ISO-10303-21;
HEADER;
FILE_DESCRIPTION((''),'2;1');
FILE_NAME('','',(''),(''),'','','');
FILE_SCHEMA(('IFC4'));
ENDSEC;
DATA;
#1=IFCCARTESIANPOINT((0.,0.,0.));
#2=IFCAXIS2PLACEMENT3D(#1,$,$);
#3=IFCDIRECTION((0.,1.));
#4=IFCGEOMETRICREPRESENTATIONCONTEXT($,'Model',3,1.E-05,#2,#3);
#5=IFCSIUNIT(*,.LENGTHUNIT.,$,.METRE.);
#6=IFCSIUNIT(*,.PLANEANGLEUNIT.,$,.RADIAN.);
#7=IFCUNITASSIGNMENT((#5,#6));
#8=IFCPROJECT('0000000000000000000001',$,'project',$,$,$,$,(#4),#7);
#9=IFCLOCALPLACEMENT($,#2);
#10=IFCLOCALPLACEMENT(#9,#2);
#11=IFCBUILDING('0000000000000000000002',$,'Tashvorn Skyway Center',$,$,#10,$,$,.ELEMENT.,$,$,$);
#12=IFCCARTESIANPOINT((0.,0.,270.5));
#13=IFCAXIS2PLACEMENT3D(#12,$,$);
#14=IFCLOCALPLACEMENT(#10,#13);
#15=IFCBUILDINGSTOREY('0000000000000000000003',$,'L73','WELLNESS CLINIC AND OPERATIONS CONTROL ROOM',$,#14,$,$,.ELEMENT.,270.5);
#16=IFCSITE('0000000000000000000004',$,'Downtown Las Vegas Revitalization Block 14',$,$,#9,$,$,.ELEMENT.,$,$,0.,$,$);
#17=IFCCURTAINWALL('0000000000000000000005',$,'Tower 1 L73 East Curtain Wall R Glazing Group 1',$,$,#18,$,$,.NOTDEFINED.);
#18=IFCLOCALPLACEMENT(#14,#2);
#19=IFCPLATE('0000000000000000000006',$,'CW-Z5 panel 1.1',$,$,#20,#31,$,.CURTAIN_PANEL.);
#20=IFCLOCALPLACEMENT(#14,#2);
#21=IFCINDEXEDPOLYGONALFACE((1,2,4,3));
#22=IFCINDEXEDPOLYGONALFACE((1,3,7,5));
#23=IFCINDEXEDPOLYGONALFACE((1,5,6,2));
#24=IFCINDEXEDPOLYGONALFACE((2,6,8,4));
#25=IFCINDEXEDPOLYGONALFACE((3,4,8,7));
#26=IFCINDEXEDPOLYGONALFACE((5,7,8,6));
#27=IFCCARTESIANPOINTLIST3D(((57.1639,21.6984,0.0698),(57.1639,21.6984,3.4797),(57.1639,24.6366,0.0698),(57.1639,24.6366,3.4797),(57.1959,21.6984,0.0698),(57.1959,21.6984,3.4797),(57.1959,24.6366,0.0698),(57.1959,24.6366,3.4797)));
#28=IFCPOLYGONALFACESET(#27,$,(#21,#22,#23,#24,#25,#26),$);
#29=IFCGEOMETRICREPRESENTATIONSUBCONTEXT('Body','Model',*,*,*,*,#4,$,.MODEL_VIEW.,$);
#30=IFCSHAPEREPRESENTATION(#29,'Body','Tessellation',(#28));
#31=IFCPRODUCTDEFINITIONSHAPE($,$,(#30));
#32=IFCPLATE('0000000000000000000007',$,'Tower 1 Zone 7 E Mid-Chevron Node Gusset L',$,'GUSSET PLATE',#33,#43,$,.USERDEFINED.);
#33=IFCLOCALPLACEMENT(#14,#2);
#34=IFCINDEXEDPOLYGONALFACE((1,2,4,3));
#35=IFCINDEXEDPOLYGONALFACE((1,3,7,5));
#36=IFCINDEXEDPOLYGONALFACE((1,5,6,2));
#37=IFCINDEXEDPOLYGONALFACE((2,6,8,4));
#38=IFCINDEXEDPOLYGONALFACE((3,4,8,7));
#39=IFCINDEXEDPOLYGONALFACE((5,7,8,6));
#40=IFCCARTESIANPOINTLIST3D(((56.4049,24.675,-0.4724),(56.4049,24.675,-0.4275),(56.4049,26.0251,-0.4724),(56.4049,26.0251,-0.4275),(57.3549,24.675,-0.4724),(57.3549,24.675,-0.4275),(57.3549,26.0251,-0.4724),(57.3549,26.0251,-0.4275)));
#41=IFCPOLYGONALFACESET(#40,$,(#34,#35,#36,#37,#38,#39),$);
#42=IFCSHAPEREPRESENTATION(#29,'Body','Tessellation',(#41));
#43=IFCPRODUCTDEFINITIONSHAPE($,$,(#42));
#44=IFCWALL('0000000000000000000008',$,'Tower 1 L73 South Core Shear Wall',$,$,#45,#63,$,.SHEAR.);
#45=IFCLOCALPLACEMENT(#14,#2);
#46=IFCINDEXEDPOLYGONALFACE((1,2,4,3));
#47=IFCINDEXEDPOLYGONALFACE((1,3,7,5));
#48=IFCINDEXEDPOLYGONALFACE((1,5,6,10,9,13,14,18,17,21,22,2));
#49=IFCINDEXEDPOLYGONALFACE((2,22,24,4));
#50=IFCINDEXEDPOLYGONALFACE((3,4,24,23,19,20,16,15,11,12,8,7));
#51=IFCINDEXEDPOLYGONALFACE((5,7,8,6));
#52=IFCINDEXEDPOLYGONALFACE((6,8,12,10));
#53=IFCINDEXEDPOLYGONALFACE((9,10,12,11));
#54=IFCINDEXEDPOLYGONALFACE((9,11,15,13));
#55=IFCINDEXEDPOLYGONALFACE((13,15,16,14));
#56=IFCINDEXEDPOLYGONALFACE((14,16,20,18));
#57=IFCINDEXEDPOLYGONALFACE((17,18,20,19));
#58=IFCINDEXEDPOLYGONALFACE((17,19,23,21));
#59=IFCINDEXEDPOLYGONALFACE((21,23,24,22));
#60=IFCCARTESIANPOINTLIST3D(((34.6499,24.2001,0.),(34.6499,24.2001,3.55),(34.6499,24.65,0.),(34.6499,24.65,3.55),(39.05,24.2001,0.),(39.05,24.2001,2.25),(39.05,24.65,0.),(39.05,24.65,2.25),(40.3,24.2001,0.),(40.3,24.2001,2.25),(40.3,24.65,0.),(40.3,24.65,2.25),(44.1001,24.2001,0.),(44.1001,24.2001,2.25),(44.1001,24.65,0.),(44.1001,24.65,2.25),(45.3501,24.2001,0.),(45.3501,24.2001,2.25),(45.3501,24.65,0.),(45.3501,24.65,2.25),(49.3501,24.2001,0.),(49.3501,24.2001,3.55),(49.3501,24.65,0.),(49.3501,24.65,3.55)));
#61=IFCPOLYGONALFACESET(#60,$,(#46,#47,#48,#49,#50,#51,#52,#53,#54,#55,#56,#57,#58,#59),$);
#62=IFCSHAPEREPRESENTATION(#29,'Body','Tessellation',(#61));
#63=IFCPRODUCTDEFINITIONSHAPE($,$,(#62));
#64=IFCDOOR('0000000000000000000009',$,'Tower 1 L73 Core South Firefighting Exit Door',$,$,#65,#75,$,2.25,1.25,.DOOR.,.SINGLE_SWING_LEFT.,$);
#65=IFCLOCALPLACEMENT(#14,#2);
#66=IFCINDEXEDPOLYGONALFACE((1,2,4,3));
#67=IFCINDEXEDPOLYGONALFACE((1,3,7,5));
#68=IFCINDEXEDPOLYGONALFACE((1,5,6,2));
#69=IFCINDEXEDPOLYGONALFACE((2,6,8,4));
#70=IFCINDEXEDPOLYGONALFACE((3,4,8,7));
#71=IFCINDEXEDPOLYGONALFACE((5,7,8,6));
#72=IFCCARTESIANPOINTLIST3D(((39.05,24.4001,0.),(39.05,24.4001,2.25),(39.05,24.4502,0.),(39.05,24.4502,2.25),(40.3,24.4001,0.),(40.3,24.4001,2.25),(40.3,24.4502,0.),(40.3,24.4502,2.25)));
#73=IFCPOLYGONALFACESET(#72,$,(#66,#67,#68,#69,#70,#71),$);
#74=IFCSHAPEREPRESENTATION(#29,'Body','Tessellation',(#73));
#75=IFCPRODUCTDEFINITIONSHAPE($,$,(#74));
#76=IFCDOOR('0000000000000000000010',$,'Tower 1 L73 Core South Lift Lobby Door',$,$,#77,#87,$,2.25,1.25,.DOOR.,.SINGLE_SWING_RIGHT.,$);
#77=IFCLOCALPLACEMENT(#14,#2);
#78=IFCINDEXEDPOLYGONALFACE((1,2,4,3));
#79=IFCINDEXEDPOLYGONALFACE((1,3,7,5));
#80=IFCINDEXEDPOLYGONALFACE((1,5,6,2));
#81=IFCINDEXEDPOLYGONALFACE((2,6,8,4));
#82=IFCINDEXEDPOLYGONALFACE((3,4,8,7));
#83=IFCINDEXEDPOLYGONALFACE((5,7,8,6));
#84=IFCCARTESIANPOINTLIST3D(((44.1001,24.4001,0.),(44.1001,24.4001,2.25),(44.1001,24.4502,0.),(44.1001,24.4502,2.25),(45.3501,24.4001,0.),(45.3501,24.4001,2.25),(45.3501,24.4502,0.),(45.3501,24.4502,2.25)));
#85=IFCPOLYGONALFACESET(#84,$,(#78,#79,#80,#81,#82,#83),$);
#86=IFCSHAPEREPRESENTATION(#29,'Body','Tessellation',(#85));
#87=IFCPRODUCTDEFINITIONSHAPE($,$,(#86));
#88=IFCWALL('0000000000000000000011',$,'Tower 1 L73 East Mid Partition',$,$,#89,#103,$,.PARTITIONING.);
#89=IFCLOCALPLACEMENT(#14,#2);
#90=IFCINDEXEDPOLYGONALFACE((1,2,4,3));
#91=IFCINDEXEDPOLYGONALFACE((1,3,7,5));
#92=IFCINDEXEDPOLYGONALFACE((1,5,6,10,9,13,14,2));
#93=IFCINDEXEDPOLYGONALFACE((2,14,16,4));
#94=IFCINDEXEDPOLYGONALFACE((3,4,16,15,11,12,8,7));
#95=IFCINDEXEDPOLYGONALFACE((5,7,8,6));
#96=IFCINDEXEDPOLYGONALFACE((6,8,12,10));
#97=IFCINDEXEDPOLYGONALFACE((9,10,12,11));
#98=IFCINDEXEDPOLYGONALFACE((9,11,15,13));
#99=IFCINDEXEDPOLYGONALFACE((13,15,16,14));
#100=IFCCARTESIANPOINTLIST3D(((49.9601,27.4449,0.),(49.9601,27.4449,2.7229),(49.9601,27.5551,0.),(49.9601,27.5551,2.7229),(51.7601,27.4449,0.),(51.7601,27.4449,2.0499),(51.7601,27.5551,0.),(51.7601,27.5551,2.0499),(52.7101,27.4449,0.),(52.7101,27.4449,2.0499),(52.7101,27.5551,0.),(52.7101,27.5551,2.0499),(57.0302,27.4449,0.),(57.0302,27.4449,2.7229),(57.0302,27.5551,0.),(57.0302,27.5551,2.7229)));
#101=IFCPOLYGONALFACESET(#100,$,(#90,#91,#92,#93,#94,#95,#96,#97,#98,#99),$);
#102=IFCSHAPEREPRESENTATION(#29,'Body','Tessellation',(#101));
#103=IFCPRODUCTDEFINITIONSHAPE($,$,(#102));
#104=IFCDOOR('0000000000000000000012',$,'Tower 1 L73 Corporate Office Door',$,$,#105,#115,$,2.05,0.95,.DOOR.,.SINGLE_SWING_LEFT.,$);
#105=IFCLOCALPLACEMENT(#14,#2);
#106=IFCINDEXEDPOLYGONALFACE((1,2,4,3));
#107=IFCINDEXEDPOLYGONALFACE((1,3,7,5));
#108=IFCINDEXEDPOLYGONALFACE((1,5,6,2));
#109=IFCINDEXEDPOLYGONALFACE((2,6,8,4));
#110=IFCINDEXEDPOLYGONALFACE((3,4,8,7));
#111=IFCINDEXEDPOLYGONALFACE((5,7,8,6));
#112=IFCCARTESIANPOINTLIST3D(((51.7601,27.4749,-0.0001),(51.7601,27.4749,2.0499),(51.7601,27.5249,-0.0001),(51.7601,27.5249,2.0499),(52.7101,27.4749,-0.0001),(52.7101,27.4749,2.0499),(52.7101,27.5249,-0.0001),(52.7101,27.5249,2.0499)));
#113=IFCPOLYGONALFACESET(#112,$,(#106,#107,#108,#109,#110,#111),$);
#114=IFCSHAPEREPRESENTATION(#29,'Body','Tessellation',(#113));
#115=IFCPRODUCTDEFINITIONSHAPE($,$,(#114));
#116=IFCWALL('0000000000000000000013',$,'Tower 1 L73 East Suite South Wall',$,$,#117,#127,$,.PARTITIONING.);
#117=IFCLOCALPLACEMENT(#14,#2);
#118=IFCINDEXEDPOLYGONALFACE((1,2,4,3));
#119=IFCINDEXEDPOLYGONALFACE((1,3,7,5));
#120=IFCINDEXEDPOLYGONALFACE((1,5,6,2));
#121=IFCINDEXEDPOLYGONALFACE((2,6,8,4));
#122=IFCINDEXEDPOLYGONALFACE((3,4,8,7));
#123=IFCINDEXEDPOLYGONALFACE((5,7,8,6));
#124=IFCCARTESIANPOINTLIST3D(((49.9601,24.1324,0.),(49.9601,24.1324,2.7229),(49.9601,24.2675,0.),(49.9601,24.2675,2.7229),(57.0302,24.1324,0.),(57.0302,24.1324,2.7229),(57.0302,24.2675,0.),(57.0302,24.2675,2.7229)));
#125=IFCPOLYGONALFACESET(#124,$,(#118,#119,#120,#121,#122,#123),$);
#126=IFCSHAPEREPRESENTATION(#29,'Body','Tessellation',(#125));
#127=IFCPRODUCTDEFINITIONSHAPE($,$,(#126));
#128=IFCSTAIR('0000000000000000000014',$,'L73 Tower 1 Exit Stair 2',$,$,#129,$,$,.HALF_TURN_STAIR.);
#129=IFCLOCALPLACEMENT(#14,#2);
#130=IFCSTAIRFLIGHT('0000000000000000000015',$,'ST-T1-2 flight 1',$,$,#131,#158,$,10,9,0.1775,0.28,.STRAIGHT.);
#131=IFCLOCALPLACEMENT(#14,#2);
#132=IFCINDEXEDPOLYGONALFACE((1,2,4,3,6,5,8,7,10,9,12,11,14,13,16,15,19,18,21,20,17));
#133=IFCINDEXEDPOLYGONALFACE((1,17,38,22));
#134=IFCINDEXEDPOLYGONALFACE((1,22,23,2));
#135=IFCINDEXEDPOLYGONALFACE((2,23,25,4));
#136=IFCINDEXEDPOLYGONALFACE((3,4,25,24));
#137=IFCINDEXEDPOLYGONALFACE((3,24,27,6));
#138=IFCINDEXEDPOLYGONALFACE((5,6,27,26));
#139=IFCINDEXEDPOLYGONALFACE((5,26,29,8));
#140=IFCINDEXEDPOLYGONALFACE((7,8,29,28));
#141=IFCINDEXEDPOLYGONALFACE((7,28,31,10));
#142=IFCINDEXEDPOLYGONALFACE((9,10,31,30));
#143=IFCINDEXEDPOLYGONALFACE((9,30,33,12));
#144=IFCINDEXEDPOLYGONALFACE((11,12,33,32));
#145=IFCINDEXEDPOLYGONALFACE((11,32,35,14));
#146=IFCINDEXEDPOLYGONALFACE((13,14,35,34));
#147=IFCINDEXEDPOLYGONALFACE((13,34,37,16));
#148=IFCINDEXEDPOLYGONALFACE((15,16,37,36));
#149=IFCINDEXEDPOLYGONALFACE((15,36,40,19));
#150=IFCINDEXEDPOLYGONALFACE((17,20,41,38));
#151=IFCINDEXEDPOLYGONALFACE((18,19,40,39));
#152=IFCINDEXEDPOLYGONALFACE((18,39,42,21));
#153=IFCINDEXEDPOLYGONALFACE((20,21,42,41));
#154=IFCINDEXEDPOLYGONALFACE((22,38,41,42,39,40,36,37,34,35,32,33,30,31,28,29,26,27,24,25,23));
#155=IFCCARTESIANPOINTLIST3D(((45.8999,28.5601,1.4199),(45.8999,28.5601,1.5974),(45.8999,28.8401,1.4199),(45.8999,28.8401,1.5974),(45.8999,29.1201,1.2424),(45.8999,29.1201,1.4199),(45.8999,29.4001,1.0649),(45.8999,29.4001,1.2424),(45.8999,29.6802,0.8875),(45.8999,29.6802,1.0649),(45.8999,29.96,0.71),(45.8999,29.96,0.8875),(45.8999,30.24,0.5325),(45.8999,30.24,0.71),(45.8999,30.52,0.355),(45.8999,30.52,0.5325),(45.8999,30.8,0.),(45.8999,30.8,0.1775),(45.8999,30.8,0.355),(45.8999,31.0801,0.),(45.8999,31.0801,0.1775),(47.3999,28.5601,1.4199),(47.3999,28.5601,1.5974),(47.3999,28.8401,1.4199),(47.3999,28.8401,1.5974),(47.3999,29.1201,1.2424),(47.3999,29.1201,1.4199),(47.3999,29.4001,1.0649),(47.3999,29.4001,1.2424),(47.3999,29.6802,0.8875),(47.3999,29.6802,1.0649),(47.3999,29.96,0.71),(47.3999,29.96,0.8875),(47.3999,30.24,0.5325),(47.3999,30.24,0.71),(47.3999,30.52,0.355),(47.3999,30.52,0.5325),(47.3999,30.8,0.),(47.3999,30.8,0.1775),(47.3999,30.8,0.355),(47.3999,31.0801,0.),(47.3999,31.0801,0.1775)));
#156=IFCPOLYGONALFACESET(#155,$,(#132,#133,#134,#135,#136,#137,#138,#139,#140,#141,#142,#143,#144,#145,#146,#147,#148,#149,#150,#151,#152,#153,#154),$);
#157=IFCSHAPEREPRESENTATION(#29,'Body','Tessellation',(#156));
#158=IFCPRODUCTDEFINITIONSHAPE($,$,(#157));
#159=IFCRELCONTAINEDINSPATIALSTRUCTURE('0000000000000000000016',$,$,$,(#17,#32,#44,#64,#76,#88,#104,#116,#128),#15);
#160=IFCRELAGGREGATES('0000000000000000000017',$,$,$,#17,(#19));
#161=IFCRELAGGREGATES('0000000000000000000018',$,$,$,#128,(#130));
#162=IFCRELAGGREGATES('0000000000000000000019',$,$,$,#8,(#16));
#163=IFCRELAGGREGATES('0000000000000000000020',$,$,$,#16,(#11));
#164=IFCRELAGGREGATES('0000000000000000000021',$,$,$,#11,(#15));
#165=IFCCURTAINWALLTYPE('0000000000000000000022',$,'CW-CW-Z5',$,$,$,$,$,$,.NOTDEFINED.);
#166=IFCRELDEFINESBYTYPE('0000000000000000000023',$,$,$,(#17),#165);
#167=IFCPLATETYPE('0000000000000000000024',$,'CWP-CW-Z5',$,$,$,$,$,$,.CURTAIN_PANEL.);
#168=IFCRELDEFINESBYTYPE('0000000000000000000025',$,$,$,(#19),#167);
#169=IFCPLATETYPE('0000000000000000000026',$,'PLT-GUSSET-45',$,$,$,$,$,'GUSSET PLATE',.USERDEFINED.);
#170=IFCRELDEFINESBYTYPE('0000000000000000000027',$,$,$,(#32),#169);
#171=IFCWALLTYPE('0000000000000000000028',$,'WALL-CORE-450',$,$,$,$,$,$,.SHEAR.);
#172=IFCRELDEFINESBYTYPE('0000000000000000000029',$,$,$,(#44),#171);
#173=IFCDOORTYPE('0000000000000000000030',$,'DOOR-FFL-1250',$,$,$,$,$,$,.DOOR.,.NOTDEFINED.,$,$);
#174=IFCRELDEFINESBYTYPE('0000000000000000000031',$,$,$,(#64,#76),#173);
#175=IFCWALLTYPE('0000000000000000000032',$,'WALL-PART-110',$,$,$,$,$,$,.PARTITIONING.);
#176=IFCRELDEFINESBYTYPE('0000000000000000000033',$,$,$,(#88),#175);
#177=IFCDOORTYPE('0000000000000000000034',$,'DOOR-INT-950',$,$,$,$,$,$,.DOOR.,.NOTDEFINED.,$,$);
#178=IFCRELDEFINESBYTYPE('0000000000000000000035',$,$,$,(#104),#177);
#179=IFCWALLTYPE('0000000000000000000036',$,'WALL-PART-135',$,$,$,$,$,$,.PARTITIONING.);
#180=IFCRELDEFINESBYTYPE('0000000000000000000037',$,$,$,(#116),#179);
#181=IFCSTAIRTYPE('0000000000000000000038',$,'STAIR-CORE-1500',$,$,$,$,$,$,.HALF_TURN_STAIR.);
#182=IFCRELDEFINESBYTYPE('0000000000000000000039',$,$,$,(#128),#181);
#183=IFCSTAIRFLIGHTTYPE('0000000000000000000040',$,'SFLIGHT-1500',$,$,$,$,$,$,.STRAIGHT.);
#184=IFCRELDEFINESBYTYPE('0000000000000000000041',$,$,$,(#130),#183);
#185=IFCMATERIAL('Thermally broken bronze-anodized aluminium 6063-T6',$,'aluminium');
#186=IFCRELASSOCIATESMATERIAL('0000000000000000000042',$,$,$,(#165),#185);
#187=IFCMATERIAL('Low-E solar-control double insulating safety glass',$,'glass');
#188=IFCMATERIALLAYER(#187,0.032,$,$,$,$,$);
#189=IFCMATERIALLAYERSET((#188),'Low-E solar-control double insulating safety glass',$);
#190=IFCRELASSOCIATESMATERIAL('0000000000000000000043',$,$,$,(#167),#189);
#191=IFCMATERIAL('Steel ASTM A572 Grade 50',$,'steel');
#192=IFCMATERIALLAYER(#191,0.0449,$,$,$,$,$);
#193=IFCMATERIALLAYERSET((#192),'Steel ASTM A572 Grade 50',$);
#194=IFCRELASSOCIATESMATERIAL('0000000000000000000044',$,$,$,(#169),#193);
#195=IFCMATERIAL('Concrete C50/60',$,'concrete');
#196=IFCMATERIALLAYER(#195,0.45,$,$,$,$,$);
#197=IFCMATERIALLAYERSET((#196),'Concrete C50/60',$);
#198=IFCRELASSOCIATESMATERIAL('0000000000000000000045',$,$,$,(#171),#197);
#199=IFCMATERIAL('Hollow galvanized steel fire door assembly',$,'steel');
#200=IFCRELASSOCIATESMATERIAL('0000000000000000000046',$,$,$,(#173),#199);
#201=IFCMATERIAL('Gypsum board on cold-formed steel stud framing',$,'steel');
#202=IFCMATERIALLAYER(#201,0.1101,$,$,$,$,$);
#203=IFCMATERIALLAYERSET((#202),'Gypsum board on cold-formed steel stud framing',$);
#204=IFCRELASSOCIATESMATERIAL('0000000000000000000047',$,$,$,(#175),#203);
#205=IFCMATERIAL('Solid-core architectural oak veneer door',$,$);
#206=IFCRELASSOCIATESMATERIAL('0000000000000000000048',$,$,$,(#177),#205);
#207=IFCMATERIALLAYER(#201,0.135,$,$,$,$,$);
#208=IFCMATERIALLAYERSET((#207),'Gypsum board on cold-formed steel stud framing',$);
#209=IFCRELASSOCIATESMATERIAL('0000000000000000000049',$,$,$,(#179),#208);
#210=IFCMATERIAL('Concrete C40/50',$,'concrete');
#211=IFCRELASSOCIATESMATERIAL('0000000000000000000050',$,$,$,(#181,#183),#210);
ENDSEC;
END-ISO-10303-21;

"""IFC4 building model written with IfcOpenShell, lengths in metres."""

from ifc_helpers import new_model, si_unit, direction, frame, frame_2d, origin, origin_2d, place, context, subcontext, project, spatial, polyline, rectangle, outline, extrude, material, layer, layer_set, type_object, element, fill, aggregate, save


model = new_model("IFC4")

# Units and contexts
model_context = context("Model", 3, precision=1e-05, world=origin(), true_north=direction((0.0, 1.0)))
body_context = subcontext(model_context, "Body", "Model", "MODEL_VIEW")
ifc_project = project(units=[si_unit("LENGTHUNIT", "METRE"), si_unit("PLANEANGLEUNIT", "RADIAN")], contexts=[model_context])

# Site, building, storey
site_placement = place(None, origin())
site = spatial("IfcSite", under=ifc_project, at=site_placement, Name="Downtown Las Vegas Revitalization Block 14", CompositionType="ELEMENT", RefElevation=0.0)
building_placement = place(site_placement, origin())
building = spatial("IfcBuilding", under=site, at=building_placement, Name="Tashvorn Skyway Center", CompositionType="ELEMENT")
storey_placement = place(building_placement, frame((0.0, 0.0, 270.5)))
storey = spatial("IfcBuildingStorey", under=building, at=storey_placement, Name="L73", Description="WELLNESS CLINIC AND OPERATIONS CONTROL ROOM", CompositionType="ELEMENT", Elevation=270.5)

# Shared definitions
ifc_material_1 = material(Name="Steel ASTM A572 Grade 50", Category="steel")

# Curtain wall
ifc_material_2 = material(Name="Thermally broken bronze-anodized aluminium 6063-T6", Category="aluminium")
curtain_wall_type = type_object("IfcCurtainWallType", Name="CW-CW-Z5", PredefinedType="NOTDEFINED", material=ifc_material_2)
curtain_wall_placement = place(storey_placement, origin())
curtain_wall = element("IfcCurtainWall", 1, at=curtain_wall_placement, inside=storey, type_object=curtain_wall_type, Name="Tower 1 L73 East Curtain Wall R Glazing Group 1", PredefinedType="NOTDEFINED")

# Plates
ifc_material_3 = material(Name="Low-E solar-control double insulating safety glass", Category="glass")
ifc_layer_1 = layer(ifc_material_3, 0.032)
ifc_layer_set_1 = layer_set([ifc_layer_1], Name="Low-E solar-control double insulating safety glass")
plate_type_1 = type_object("IfcPlateType", Name="CWP-CW-Z5", PredefinedType="CURTAIN_PANEL", material=ifc_layer_set_1)
plate_1_placement = place(storey_placement, frame((57.1799, 23.1675, 0.0698), z_axis=(0.0, 0.0, 1.0), x_axis=(0.0, -1.0, 0.0)))
plate_1 = element("IfcPlate", 2, at=plate_1_placement, type_object=plate_type_1, Name="CW-Z5 panel 1.1", PredefinedType="CURTAIN_PANEL", context=body_context, shape_type="SweptSolid", body=[
    extrude(rectangle(XDim=2.9382, YDim=0.032, at=origin_2d()), origin(), (0.0, 0.0, 1.0), 3.4099),
])
aggregate(curtain_wall, [plate_1])
ifc_layer_2 = layer(ifc_material_1, 0.0449)
ifc_layer_set_2 = layer_set([ifc_layer_2], Name="Steel ASTM A572 Grade 50")
plate_type_2 = type_object("IfcPlateType", Name="PLT-GUSSET-45", ElementType="GUSSET PLATE", PredefinedType="USERDEFINED", material=ifc_layer_set_2)
plate_2_placement = place(storey_placement, frame((56.8799, 25.3501, -0.4724), z_axis=(0.0, 0.0, 1.0), x_axis=(0.0, 1.0, 0.0)))
element("IfcPlate", 3, at=plate_2_placement, inside=storey, type_object=plate_type_2, Name="Tower 1 Zone 7 E Mid-Chevron Node Gusset L", ObjectType="GUSSET PLATE", PredefinedType="USERDEFINED", context=body_context, shape_type="SweptSolid", body=[
    extrude(rectangle(XDim=1.3501, YDim=0.95, at=origin_2d()), origin(), (0.0, 0.0, 1.0), 0.0449),
])

# Wall, openings, doors
ifc_material_4 = material(Name="Concrete C50/60", Category="concrete")
ifc_layer_3 = layer(ifc_material_4, 0.45)
ifc_layer_set_3 = layer_set([ifc_layer_3], Name="Concrete C50/60")
wall_type_1 = type_object("IfcWallType", Name="WALL-CORE-450", PredefinedType="SHEAR", material=ifc_layer_set_3)
wall_1_placement = place(storey_placement, frame((49.3501, 24.425, 0.0), z_axis=(0.0, 0.0, 1.0), x_axis=(-1.0, 0.0, 0.0)))
wall_1 = element("IfcWall", 4, at=wall_1_placement, inside=storey, type_object=wall_type_1, Name="Tower 1 L73 South Core Shear Wall", PredefinedType="SHEAR", context=body_context, shape_type="SweptSolid", body=[
    extrude(rectangle(XDim=14.7002, YDim=0.45, at=frame_2d((7.3501, 0.0))), origin(), (0.0, 0.0, 1.0), 3.55),
])
opening_1_placement = place(wall_1_placement, frame((9.05, 0.0, 0.0)))
opening_1 = element("IfcOpeningElement", 5, at=opening_1_placement, cuts=wall_1, PredefinedType="OPENING", context=body_context, shape_type="SweptSolid", body=[
    extrude(rectangle(XDim=1.25, YDim=2.25, at=frame_2d((0.625, 1.125))), frame((0.0, 0.2349, 0.0), z_axis=(0.0, -1.0, 0.0), x_axis=(1.0, 0.0, 0.0)), (0.0, 0.0, 1.0), 0.47),
])
opening_2_placement = place(wall_1_placement, frame((4.0, 0.0, 0.0)))
opening_2 = element("IfcOpeningElement", 6, at=opening_2_placement, cuts=wall_1, PredefinedType="OPENING", context=body_context, shape_type="SweptSolid", body=[
    extrude(rectangle(XDim=1.25, YDim=2.25, at=frame_2d((0.625, 1.125))), frame((0.0, 0.2349, 0.0), z_axis=(0.0, -1.0, 0.0), x_axis=(1.0, 0.0, 0.0)), (0.0, 0.0, 1.0), 0.47),
])
ifc_material_5 = material(Name="Hollow galvanized steel fire door assembly", Category="steel")
door_type_1 = type_object("IfcDoorType", Name="DOOR-FFL-1250", OperationType="NOTDEFINED", PredefinedType="DOOR", material=ifc_material_5)
door_1_placement = place(opening_1_placement, origin())
door_1 = element("IfcDoor", 7, at=door_1_placement, inside=storey, type_object=door_type_1, Name="Tower 1 L73 Core South Firefighting Exit Door", OperationType="SINGLE_SWING_LEFT", OverallHeight=2.25, OverallWidth=1.25, PredefinedType="DOOR", context=body_context, shape_type="SweptSolid", body=[
    extrude(rectangle(XDim=1.25, YDim=2.25, at=frame_2d((0.625, 1.125))), frame((0.0, 0.0249, 0.0), z_axis=(0.0, -1.0, 0.0), x_axis=(1.0, 0.0, 0.0)), (0.0, 0.0, 1.0), 0.05),
])
fill(opening_1, door_1)
door_2_placement = place(opening_2_placement, origin())
door_2 = element("IfcDoor", 8, at=door_2_placement, inside=storey, type_object=door_type_1, Name="Tower 1 L73 Core South Lift Lobby Door", OperationType="SINGLE_SWING_RIGHT", OverallHeight=2.25, OverallWidth=1.25, PredefinedType="DOOR", context=body_context, shape_type="SweptSolid", body=[
    extrude(rectangle(XDim=1.25, YDim=2.25, at=frame_2d((0.625, 1.125))), frame((0.0, 0.0249, 0.0), z_axis=(0.0, -1.0, 0.0), x_axis=(1.0, 0.0, 0.0)), (0.0, 0.0, 1.0), 0.05),
])
fill(opening_2, door_2)

# Wall, opening, door
ifc_material_6 = material(Name="Gypsum board on cold-formed steel stud framing", Category="steel")
ifc_layer_4 = layer(ifc_material_6, 0.1101)
ifc_layer_set_4 = layer_set([ifc_layer_4], Name="Gypsum board on cold-formed steel stud framing")
wall_type_2 = type_object("IfcWallType", Name="WALL-PART-110", PredefinedType="PARTITIONING", material=ifc_layer_set_4)
wall_2_placement = place(storey_placement, frame((49.96, 27.5, 0.0), z_axis=(0.0, 0.0, 1.0), x_axis=(1.0, 0.0, 0.0)))
wall_2 = element("IfcWall", 9, at=wall_2_placement, inside=storey, type_object=wall_type_2, Name="Tower 1 L73 East Mid Partition", PredefinedType="PARTITIONING", context=body_context, shape_type="SweptSolid", body=[
    extrude(rectangle(XDim=7.0701, YDim=0.1101, at=frame_2d((3.5352, 0.0))), origin(), (0.0, 0.0, 1.0), 2.7229),
])
opening_3_placement = place(wall_2_placement, frame((1.8, 0.0, 0.0)))
opening_3 = element("IfcOpeningElement", 10, at=opening_3_placement, cuts=wall_2, PredefinedType="OPENING", context=body_context, shape_type="SweptSolid", body=[
    extrude(rectangle(XDim=0.95, YDim=2.05, at=frame_2d((0.4751, 1.0249))), frame((0.0, 0.0649, 0.0), z_axis=(0.0, -1.0, 0.0), x_axis=(1.0, 0.0, 0.0)), (0.0, 0.0, 1.0), 0.1301),
])
ifc_material_7 = material(Name="Solid-core architectural oak veneer door")
door_type_2 = type_object("IfcDoorType", Name="DOOR-INT-950", OperationType="NOTDEFINED", PredefinedType="DOOR", material=ifc_material_7)
door_3_placement = place(opening_3_placement, origin())
door_3 = element("IfcDoor", 11, at=door_3_placement, inside=storey, type_object=door_type_2, Name="Tower 1 L73 Corporate Office Door", OperationType="SINGLE_SWING_LEFT", OverallHeight=2.05, OverallWidth=0.95, PredefinedType="DOOR", context=body_context, shape_type="SweptSolid", body=[
    extrude(rectangle(XDim=0.95, YDim=2.05, at=frame_2d((0.4751, 1.0249))), frame((0.0, 0.0249, 0.0), z_axis=(0.0, -1.0, 0.0), x_axis=(1.0, 0.0, 0.0)), (0.0, 0.0, 1.0), 0.05),
])
fill(opening_3, door_3)

# Wall
ifc_layer_5 = layer(ifc_material_6, 0.135)
ifc_layer_set_5 = layer_set([ifc_layer_5], Name="Gypsum board on cold-formed steel stud framing")
wall_type_3 = type_object("IfcWallType", Name="WALL-PART-135", PredefinedType="PARTITIONING", material=ifc_layer_set_5)
wall_3_placement = place(storey_placement, frame((49.96, 24.2, 0.0), z_axis=(0.0, 0.0, 1.0), x_axis=(1.0, 0.0, 0.0)))
element("IfcWall", 12, at=wall_3_placement, inside=storey, type_object=wall_type_3, Name="Tower 1 L73 East Suite South Wall", PredefinedType="PARTITIONING", context=body_context, shape_type="SweptSolid", body=[
    extrude(rectangle(XDim=7.0701, YDim=0.135, at=frame_2d((3.5352, 0.0))), origin(), (0.0, 0.0, 1.0), 2.7229),
])

# Stair, stair flight
ifc_material_8 = material(Name="Concrete C40/50", Category="concrete")
stair_type = type_object("IfcStairType", Name="STAIR-CORE-1500", PredefinedType="HALF_TURN_STAIR", material=ifc_material_8)
stair_placement = place(storey_placement, origin())
stair = element("IfcStair", 13, at=stair_placement, inside=storey, type_object=stair_type, Name="L73 Tower 1 Exit Stair 2", PredefinedType="HALF_TURN_STAIR")
stair_flight_type = type_object("IfcStairFlightType", Name="SFLIGHT-1500", PredefinedType="STRAIGHT", material=ifc_material_8)
stair_flight_1_placement = place(storey_placement, frame((46.6499, 31.0801, 0.0), z_axis=(0.0, 0.0, 1.0), x_axis=(0.0, -1.0, 0.0)))
stair_flight_1 = element("IfcStairFlight", 14, at=stair_flight_1_placement, type_object=stair_flight_type, Name="ST-T1-2 flight 1", NumberOfRisers=10, NumberOfTreads=9, PredefinedType="STRAIGHT", RiserHeight=0.1775, TreadLength=0.28, context=body_context, shape_type="SweptSolid", body=[
    extrude(outline(polyline([(0.0, 0.0), (0.0, 0.1775), (0.28, 0.1775), (0.28, 0.355), (0.5601, 0.355), (0.5601, 0.5325), (0.8401, 0.5325), (0.8401, 0.71), (1.1201, 0.71), (1.1201, 0.8875), (1.3999, 0.8875), (1.3999, 1.0649), (1.6799, 1.0649), (1.6799, 1.2424), (1.96, 1.2424), (1.96, 1.4199), (2.24, 1.4199), (2.24, 1.5974), (2.52, 1.5974), (2.52, 1.7749), (2.52, 1.4199), (0.28, 0.0), (0.0, 0.0)])), frame((0.0, 0.75, 0.0), z_axis=(0.0, -1.0, 0.0), x_axis=(1.0, 0.0, 0.0)), (0.0, 0.0, 1.0), 1.5),
])
aggregate(stair, [stair_flight_1])

save(model, "model.ifc")
